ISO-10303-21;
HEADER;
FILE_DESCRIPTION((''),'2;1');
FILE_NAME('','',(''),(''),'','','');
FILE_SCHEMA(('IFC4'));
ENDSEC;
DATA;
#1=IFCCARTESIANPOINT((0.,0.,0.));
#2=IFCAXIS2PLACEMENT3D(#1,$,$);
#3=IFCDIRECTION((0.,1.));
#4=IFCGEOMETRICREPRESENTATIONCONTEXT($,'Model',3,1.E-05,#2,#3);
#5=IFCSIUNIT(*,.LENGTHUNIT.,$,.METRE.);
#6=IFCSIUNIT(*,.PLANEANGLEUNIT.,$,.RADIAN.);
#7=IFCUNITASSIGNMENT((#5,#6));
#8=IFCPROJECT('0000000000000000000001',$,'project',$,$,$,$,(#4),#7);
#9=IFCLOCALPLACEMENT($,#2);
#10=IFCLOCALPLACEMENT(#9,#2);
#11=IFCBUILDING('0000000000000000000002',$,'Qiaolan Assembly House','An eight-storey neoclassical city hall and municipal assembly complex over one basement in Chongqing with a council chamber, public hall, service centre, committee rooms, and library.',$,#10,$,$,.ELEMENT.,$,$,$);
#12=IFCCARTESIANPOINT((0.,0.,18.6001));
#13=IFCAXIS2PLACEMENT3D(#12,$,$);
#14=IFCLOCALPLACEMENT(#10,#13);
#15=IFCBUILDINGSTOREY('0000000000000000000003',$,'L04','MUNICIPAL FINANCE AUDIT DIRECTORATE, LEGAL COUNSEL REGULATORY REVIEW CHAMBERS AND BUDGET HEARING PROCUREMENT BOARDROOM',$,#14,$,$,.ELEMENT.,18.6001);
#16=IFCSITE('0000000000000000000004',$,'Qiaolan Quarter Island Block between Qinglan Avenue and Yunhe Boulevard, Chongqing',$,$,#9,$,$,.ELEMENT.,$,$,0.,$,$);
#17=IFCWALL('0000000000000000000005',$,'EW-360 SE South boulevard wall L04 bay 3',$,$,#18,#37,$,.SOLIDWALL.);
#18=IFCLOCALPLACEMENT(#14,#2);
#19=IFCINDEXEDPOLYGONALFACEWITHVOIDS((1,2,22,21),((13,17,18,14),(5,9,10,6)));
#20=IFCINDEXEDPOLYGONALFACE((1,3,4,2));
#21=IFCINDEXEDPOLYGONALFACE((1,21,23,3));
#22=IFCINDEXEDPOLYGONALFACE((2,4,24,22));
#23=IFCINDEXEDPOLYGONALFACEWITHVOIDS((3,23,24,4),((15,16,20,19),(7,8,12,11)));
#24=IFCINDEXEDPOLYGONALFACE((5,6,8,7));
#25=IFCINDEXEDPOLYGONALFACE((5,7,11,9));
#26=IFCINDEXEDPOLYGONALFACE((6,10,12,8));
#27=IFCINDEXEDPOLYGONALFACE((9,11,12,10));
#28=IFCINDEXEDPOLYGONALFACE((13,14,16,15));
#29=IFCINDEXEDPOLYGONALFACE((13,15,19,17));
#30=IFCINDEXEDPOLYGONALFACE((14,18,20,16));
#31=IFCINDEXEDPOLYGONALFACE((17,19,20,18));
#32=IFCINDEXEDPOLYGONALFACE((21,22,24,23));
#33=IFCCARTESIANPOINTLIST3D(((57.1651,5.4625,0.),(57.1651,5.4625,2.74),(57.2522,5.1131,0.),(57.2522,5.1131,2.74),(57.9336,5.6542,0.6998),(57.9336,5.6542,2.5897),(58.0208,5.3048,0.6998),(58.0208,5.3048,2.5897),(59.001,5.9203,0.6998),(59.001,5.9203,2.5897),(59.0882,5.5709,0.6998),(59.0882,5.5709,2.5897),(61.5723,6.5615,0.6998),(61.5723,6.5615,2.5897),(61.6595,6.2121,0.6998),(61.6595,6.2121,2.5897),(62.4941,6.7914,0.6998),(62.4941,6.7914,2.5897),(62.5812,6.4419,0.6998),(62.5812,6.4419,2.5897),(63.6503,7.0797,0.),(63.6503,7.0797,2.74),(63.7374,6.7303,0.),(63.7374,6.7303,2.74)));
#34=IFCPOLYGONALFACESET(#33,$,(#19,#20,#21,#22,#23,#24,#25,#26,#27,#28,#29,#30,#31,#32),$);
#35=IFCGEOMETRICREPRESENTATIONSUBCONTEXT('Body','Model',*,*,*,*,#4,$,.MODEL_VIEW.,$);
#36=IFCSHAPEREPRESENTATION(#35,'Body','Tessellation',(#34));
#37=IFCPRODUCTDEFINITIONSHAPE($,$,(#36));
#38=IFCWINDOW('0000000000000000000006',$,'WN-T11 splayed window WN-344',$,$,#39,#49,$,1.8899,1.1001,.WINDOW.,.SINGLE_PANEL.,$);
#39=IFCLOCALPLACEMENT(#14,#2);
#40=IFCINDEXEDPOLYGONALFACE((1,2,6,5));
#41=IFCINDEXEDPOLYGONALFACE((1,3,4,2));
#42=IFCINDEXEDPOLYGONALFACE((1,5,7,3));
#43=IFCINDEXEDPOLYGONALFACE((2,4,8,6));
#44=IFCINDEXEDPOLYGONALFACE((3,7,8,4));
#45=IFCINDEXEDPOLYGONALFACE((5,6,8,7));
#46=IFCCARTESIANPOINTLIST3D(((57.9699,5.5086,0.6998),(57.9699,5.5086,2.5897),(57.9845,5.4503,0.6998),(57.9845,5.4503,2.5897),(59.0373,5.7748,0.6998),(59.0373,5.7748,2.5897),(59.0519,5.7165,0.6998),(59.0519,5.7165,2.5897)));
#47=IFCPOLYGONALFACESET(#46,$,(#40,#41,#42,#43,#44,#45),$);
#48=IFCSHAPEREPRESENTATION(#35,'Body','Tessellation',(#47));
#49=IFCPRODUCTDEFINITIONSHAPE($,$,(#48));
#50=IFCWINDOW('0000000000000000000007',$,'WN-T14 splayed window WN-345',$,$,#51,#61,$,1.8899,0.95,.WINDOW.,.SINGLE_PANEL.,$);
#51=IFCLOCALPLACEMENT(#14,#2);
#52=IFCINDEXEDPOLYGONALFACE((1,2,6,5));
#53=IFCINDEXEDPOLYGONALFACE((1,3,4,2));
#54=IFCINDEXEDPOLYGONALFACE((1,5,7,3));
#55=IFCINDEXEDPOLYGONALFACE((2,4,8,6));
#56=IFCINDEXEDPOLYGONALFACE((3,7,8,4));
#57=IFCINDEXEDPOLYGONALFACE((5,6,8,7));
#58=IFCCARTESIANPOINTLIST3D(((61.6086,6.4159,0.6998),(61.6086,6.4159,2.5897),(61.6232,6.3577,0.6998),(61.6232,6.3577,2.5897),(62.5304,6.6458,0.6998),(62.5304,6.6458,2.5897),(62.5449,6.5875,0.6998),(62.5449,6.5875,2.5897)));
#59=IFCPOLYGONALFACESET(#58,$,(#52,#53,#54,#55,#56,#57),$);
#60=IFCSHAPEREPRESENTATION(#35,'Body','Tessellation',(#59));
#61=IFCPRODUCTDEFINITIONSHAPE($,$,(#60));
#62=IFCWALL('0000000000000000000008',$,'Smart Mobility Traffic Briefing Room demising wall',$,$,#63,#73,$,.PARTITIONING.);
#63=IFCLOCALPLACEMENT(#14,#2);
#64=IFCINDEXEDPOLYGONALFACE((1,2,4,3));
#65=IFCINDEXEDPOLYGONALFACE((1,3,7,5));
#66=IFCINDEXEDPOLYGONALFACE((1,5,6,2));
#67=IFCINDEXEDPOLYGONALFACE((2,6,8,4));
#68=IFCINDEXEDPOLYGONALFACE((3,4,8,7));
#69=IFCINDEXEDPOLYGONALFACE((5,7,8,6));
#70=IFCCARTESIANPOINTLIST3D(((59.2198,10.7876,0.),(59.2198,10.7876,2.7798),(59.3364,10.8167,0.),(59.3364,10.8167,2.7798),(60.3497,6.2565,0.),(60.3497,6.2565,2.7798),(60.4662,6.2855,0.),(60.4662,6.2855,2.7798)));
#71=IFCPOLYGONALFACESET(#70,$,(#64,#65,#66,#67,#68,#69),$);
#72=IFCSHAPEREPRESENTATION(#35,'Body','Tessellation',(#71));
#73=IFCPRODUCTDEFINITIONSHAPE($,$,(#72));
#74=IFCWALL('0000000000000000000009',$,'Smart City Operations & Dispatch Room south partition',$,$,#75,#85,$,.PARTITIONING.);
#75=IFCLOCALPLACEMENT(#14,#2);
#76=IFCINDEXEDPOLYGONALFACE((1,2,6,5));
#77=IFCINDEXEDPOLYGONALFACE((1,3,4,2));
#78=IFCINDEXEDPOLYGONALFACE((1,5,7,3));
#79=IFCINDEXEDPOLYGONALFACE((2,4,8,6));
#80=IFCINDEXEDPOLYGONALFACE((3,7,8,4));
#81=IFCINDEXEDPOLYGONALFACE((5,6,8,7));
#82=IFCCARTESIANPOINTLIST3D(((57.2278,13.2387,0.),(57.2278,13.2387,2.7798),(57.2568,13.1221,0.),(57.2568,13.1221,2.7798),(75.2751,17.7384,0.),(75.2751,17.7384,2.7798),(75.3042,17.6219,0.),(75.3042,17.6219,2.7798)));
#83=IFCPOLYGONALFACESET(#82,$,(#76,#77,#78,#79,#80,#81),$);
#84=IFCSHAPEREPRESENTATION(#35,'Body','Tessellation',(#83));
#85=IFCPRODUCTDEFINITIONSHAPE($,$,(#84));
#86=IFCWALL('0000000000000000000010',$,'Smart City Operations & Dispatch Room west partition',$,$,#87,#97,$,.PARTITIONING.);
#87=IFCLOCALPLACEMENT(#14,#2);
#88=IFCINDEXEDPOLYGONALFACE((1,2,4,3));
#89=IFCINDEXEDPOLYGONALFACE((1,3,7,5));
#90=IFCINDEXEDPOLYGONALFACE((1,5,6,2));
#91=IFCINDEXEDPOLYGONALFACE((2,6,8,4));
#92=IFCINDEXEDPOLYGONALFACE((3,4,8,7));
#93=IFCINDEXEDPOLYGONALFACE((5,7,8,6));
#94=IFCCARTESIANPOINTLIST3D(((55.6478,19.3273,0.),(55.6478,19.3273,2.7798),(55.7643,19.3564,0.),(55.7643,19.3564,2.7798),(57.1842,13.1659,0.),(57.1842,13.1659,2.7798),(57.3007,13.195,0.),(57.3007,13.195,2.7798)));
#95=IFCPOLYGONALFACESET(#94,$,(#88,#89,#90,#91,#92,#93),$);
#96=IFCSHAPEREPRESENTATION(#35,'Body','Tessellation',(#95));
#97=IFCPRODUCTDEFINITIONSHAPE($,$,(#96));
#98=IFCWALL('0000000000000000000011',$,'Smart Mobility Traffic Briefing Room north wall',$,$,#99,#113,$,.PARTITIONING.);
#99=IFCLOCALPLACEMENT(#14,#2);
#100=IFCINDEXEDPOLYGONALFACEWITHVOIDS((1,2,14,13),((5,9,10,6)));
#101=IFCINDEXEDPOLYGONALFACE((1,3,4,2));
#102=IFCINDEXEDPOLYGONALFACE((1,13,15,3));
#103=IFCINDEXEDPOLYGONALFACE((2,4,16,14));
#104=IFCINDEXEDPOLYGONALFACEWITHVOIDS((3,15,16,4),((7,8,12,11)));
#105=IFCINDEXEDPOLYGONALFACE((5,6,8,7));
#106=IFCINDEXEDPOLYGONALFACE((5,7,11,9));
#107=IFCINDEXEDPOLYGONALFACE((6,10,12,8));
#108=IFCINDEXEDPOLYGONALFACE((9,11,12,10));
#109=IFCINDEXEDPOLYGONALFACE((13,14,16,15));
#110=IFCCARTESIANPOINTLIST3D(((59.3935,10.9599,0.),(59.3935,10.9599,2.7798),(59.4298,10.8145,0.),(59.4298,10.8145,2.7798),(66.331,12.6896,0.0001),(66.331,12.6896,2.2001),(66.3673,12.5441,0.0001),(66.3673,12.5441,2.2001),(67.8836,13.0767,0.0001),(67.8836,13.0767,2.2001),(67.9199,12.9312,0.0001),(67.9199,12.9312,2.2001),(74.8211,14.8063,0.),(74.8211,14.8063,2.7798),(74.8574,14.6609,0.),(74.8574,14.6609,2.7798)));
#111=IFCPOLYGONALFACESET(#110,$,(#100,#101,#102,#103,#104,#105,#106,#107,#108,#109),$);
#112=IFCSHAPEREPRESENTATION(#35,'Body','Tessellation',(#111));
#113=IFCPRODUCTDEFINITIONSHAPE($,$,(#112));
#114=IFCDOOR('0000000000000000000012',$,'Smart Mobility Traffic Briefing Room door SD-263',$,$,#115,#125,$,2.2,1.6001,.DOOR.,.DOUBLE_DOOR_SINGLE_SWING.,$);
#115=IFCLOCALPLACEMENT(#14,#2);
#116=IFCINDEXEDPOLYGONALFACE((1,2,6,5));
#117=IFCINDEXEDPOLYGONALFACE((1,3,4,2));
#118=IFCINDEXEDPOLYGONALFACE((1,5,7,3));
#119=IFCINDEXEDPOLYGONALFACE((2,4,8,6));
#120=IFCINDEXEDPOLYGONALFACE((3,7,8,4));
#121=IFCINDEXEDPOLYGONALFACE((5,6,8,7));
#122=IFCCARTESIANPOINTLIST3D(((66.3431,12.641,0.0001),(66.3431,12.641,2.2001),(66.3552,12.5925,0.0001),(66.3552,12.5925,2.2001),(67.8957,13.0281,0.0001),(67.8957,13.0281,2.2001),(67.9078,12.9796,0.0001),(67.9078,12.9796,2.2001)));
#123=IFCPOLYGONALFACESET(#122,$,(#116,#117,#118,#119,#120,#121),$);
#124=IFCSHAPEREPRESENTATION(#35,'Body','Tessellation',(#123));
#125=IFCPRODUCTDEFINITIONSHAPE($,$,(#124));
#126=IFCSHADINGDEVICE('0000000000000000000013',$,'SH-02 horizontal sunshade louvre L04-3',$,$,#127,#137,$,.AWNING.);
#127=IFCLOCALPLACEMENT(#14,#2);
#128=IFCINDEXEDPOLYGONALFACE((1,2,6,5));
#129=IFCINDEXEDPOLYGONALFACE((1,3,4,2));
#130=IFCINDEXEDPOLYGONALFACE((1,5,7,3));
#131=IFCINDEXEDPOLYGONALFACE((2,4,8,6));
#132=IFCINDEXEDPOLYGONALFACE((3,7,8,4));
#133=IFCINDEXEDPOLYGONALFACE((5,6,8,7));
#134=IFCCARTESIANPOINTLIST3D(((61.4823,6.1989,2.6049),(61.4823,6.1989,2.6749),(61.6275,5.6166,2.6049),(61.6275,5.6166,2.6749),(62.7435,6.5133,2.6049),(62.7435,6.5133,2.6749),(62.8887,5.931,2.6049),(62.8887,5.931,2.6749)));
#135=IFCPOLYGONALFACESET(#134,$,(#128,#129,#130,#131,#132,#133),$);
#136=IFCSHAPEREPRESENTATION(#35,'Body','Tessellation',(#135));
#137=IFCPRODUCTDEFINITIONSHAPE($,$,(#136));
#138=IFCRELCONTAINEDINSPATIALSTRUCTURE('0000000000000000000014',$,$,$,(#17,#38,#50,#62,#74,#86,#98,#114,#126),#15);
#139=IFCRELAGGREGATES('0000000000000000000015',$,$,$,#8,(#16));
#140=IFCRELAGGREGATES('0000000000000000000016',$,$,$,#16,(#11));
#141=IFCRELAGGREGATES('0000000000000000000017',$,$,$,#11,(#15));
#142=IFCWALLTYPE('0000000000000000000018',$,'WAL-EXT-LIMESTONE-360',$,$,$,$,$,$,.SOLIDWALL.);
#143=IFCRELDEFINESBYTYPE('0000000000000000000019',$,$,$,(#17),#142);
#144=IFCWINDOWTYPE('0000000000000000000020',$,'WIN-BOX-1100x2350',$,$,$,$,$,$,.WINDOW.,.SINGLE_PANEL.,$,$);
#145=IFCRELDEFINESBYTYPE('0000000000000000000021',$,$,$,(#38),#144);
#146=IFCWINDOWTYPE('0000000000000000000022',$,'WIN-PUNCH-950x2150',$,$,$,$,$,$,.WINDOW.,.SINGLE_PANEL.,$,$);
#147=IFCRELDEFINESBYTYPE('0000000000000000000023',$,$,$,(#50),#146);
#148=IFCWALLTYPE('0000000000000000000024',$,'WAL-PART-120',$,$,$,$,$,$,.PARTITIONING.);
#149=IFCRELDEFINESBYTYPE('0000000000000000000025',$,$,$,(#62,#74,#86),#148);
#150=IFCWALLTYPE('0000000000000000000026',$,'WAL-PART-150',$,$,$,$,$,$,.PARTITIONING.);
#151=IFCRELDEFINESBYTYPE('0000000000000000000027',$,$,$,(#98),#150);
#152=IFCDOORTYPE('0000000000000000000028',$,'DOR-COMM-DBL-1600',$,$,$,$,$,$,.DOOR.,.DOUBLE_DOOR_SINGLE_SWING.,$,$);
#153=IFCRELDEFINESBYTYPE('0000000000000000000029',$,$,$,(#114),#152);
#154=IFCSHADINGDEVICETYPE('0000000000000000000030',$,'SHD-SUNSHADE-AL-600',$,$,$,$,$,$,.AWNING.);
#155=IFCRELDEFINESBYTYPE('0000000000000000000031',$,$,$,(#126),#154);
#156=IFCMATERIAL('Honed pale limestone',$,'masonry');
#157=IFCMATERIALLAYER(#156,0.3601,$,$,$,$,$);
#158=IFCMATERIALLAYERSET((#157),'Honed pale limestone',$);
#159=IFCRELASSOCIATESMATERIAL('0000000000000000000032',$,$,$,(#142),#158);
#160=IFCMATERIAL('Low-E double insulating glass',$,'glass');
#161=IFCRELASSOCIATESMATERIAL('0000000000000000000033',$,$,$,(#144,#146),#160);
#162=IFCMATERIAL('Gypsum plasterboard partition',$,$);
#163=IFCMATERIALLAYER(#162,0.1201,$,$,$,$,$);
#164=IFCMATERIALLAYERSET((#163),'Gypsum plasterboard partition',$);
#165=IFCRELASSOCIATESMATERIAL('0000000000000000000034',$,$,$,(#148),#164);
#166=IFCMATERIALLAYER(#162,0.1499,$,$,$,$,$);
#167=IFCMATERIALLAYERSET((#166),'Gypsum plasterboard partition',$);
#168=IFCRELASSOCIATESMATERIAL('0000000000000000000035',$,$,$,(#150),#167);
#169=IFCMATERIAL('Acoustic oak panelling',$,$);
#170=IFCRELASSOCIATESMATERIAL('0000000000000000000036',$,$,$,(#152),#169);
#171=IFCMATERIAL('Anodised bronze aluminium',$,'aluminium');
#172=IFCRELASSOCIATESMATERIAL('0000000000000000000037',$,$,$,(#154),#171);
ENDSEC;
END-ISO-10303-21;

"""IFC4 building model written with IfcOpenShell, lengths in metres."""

from ifc_helpers import new_model, si_unit, direction, frame, frame_2d, origin, origin_2d, place, context, subcontext, project, spatial, rectangle, extrude, material, layer, layer_set, material_profile, profile_set, type_object, element, fill, save


model = new_model("IFC4")

# Units and contexts
model_context = context("Model", 3, precision=1e-05, world=origin(), true_north=direction((0.0, 1.0)))
body_context = subcontext(model_context, "Body", "Model", "MODEL_VIEW")
ifc_project = project(units=[si_unit("LENGTHUNIT", "METRE"), si_unit("PLANEANGLEUNIT", "RADIAN")], contexts=[model_context])

# Site, building, storey
site_placement = place(None, origin())
site = spatial("IfcSite", under=ifc_project, at=site_placement, Name="Qiaolan Quarter Island Block between Qinglan Avenue and Yunhe Boulevard, Chongqing", CompositionType="ELEMENT", RefElevation=0.0)
building_placement = place(site_placement, origin())
building = spatial("IfcBuilding", under=site, at=building_placement, Name="Qiaolan Assembly House", Description="An eight-storey neoclassical city hall and municipal assembly complex over one basement in Chongqing with a council chamber, public hall, service centre, committee rooms, and library.", CompositionType="ELEMENT")
storey_placement = place(building_placement, frame((0.0, 0.0, 18.6001)))
storey = spatial("IfcBuildingStorey", under=building, at=storey_placement, Name="L04", Description="MUNICIPAL FINANCE AUDIT DIRECTORATE, LEGAL COUNSEL REGULATORY REVIEW CHAMBERS AND BUDGET HEARING PROCUREMENT BOARDROOM", CompositionType="ELEMENT", Elevation=18.6001)

# Shared definitions
ifc_material_1 = material(Name="Honed pale limestone", Category="masonry")

# Wall, openings, windows
ifc_layer_1 = layer(ifc_material_1, 0.3601)
ifc_layer_set_1 = layer_set([ifc_layer_1], Name="Honed pale limestone")
wall_type_1 = type_object("IfcWallType", Name="WAL-EXT-LIMESTONE-360", PredefinedType="SOLIDWALL", material=ifc_layer_set_1)
wall_1_placement = place(storey_placement, frame((57.2087, 5.2878, 0.0), z_axis=(0.0, 0.0, 1.0), x_axis=(0.970288, 0.241951, 0.0)))
wall_1 = element("IfcWall", 1, at=wall_1_placement, inside=storey, type_object=wall_type_1, Name="EW-360 SE South boulevard wall L04 bay 3", PredefinedType="SOLIDWALL", context=body_context, shape_type="SweptSolid", body=[
    extrude(rectangle(XDim=6.6838, YDim=0.3601, at=frame_2d((3.3418, 0.0))), origin(), (0.0, 0.0, 1.0), 2.74),
])
opening_1_placement = place(wall_1_placement, frame((0.792, 0.0, 0.7)))
opening_1 = element("IfcOpeningElement", 2, at=opening_1_placement, cuts=wall_1, PredefinedType="OPENING", context=body_context, shape_type="SweptSolid", body=[
    extrude(rectangle(XDim=1.1001, YDim=1.8899, at=frame_2d((0.55, 0.9448))), frame((0.0, 0.1899, 0.0), z_axis=(0.0, -1.0, 0.0), x_axis=(1.0, 0.0, 0.0)), (0.0, 0.0, 1.0), 0.3801),
])
opening_2_placement = place(wall_1_placement, frame((4.542, 0.0, 0.7)))
opening_2 = element("IfcOpeningElement", 3, at=opening_2_placement, cuts=wall_1, PredefinedType="OPENING", context=body_context, shape_type="SweptSolid", body=[
    extrude(rectangle(XDim=0.95, YDim=1.8899, at=frame_2d((0.4751, 0.9448))), frame((0.0, 0.1899, 0.0), z_axis=(0.0, -1.0, 0.0), x_axis=(1.0, 0.0, 0.0)), (0.0, 0.0, 1.0), 0.3801),
])
ifc_material_2 = material(Name="Low-E double insulating glass", Category="glass")
window_type_1 = type_object("IfcWindowType", Name="WIN-BOX-1100x2350", PartitioningType="SINGLE_PANEL", PredefinedType="WINDOW", material=ifc_material_2)
window_1_placement = place(opening_1_placement, origin())
window_1 = element("IfcWindow", 4, at=window_1_placement, inside=storey, type_object=window_type_1, Name="WN-T11 splayed window WN-344", OverallHeight=1.8899, OverallWidth=1.1001, PartitioningType="SINGLE_PANEL", PredefinedType="WINDOW", context=body_context, shape_type="SweptSolid", body=[
    extrude(rectangle(XDim=1.1001, YDim=1.8899, at=frame_2d((0.55, 0.9448))), frame((0.0, 0.03, 0.0), z_axis=(0.0, -1.0, 0.0), x_axis=(1.0, 0.0, 0.0)), (0.0, 0.0, 1.0), 0.0601),
])
fill(opening_1, window_1)
window_type_2 = type_object("IfcWindowType", Name="WIN-PUNCH-950x2150", PartitioningType="SINGLE_PANEL", PredefinedType="WINDOW", material=ifc_material_2)
window_2_placement = place(opening_2_placement, origin())
window_2 = element("IfcWindow", 5, at=window_2_placement, inside=storey, type_object=window_type_2, Name="WN-T14 splayed window WN-345", OverallHeight=1.8899, OverallWidth=0.95, PartitioningType="SINGLE_PANEL", PredefinedType="WINDOW", context=body_context, shape_type="SweptSolid", body=[
    extrude(rectangle(XDim=0.95, YDim=1.8899, at=frame_2d((0.4751, 0.9448))), frame((0.0, 0.03, 0.0), z_axis=(0.0, -1.0, 0.0), x_axis=(1.0, 0.0, 0.0)), (0.0, 0.0, 1.0), 0.0601),
])
fill(opening_2, window_2)

# Walls
ifc_material_3 = material(Name="Gypsum plasterboard partition")
ifc_layer_2 = layer(ifc_material_3, 0.1201)
ifc_layer_set_2 = layer_set([ifc_layer_2], Name="Gypsum plasterboard partition")
wall_type_2 = type_object("IfcWallType", Name="WAL-PART-120", PredefinedType="PARTITIONING", material=ifc_layer_set_2)
wall_2_placement = place(storey_placement, frame((60.408, 6.271, 0.0), z_axis=(0.0, 0.0, 1.0), x_axis=(-0.241945, 0.97029, 0.0)))
element("IfcWall", 6, at=wall_2_placement, inside=storey, type_object=wall_type_2, Name="Smart Mobility Traffic Briefing Room demising wall", PredefinedType="PARTITIONING", context=body_context, shape_type="SweptSolid", body=[
    extrude(rectangle(XDim=4.6699, YDim=0.1201, at=frame_2d((2.335, 0.0))), origin(), (0.0, 0.0, 1.0), 2.7798),
])
wall_3_placement = place(storey_placement, frame((57.2424, 13.1804, 0.0), z_axis=(0.0, 0.0, 1.0), x_axis=(0.970295, 0.241924, 0.0)))
element("IfcWall", 7, at=wall_3_placement, inside=storey, type_object=wall_type_2, Name="Smart City Operations & Dispatch Room south partition", PredefinedType="PARTITIONING", context=body_context, shape_type="SweptSolid", body=[
    extrude(rectangle(XDim=18.5999, YDim=0.1201, at=frame_2d((9.2998, 0.0))), origin(), (0.0, 0.0, 1.0), 2.7798),
])
wall_4_placement = place(storey_placement, frame((57.2424, 13.1804, 0.0), z_axis=(0.0, 0.0, 1.0), x_axis=(-0.241948, 0.970289, 0.0)))
element("IfcWall", 8, at=wall_4_placement, inside=storey, type_object=wall_type_2, Name="Smart City Operations & Dispatch Room west partition", PredefinedType="PARTITIONING", context=body_context, shape_type="SweptSolid", body=[
    extrude(rectangle(XDim=6.3501, YDim=0.1201, at=frame_2d((3.175, 0.0))), origin(), (0.0, 0.0, 1.0), 2.7798),
])

# Wall, opening, door
ifc_layer_3 = layer(ifc_material_3, 0.1499)
ifc_layer_set_3 = layer_set([ifc_layer_3], Name="Gypsum plasterboard partition")
wall_type_3 = type_object("IfcWallType", Name="WAL-PART-150", PredefinedType="PARTITIONING", material=ifc_layer_set_3)
wall_5_placement = place(storey_placement, frame((59.4116, 10.8872, 0.0), z_axis=(0.0, 0.0, 1.0), x_axis=(0.970298, 0.241914, 0.0)))
wall_5 = element("IfcWall", 9, at=wall_5_placement, inside=storey, type_object=wall_type_3, Name="Smart Mobility Traffic Briefing Room north wall", PredefinedType="PARTITIONING", context=body_context, shape_type="SweptSolid", body=[
    extrude(rectangle(XDim=15.8999, YDim=0.1499, at=frame_2d((7.95, 0.0))), origin(), (0.0, 0.0, 1.0), 2.7798),
])
opening_3_placement = place(wall_5_placement, frame((7.1499, 0.0, 0.0)))
opening_3 = element("IfcOpeningElement", 10, at=opening_3_placement, cuts=wall_5, PredefinedType="OPENING", context=body_context, shape_type="SweptSolid", body=[
    extrude(rectangle(XDim=1.6001, YDim=2.2, at=frame_2d((0.8, 1.1001))), frame((0.0, 0.085, 0.0), z_axis=(0.0, -1.0, 0.0), x_axis=(1.0, 0.0, 0.0)), (0.0, 0.0, 1.0), 0.1699),
])
ifc_material_4 = material(Name="Acoustic oak panelling")
door_type = type_object("IfcDoorType", Name="DOR-COMM-DBL-1600", OperationType="DOUBLE_DOOR_SINGLE_SWING", PredefinedType="DOOR", material=ifc_material_4)
door_placement = place(opening_3_placement, origin())
door = element("IfcDoor", 11, at=door_placement, inside=storey, type_object=door_type, Name="Smart Mobility Traffic Briefing Room door SD-263", OperationType="DOUBLE_DOOR_SINGLE_SWING", OverallHeight=2.2, OverallWidth=1.6001, PredefinedType="DOOR", context=body_context, shape_type="SweptSolid", body=[
    extrude(rectangle(XDim=1.6001, YDim=2.2, at=frame_2d((0.8, 1.1001))), frame((0.0, 0.0249, 0.0), z_axis=(0.0, -1.0, 0.0), x_axis=(1.0, 0.0, 0.0)), (0.0, 0.0, 1.0), 0.05),
])
fill(opening_3, door)

# Shading device
ifc_material_5 = material(Name="Anodised bronze aluminium", Category="aluminium")
ifc_material_profile_1 = material_profile(ifc_material_5, rectangle(XDim=0.6001, YDim=0.0701, at=origin_2d()), Name="SHD 600x70")
ifc_profile_set_1 = profile_set([ifc_material_profile_1], Name="Anodised bronze aluminium")
shading_device_type = type_object("IfcShadingDeviceType", Name="SHD-SUNSHADE-AL-600", PredefinedType="AWNING", material=ifc_profile_set_1)
shading_device_placement = place(storey_placement, frame((61.5549, 5.9077, 2.6399), z_axis=(0.970297, 0.241917, 0.0), x_axis=(-0.241917, 0.970297, 0.0)))
element("IfcShadingDevice", 12, at=shading_device_placement, inside=storey, type_object=shading_device_type, Name="SH-02 horizontal sunshade louvre L04-3", PredefinedType="AWNING", context=body_context, shape_type="SweptSolid", body=[
    extrude(rectangle(XDim=0.6001, YDim=0.0701, at=origin_2d()), origin(), (0.0, 0.0, 1.0), 1.2998),
])

save(model, "model.ifc")
